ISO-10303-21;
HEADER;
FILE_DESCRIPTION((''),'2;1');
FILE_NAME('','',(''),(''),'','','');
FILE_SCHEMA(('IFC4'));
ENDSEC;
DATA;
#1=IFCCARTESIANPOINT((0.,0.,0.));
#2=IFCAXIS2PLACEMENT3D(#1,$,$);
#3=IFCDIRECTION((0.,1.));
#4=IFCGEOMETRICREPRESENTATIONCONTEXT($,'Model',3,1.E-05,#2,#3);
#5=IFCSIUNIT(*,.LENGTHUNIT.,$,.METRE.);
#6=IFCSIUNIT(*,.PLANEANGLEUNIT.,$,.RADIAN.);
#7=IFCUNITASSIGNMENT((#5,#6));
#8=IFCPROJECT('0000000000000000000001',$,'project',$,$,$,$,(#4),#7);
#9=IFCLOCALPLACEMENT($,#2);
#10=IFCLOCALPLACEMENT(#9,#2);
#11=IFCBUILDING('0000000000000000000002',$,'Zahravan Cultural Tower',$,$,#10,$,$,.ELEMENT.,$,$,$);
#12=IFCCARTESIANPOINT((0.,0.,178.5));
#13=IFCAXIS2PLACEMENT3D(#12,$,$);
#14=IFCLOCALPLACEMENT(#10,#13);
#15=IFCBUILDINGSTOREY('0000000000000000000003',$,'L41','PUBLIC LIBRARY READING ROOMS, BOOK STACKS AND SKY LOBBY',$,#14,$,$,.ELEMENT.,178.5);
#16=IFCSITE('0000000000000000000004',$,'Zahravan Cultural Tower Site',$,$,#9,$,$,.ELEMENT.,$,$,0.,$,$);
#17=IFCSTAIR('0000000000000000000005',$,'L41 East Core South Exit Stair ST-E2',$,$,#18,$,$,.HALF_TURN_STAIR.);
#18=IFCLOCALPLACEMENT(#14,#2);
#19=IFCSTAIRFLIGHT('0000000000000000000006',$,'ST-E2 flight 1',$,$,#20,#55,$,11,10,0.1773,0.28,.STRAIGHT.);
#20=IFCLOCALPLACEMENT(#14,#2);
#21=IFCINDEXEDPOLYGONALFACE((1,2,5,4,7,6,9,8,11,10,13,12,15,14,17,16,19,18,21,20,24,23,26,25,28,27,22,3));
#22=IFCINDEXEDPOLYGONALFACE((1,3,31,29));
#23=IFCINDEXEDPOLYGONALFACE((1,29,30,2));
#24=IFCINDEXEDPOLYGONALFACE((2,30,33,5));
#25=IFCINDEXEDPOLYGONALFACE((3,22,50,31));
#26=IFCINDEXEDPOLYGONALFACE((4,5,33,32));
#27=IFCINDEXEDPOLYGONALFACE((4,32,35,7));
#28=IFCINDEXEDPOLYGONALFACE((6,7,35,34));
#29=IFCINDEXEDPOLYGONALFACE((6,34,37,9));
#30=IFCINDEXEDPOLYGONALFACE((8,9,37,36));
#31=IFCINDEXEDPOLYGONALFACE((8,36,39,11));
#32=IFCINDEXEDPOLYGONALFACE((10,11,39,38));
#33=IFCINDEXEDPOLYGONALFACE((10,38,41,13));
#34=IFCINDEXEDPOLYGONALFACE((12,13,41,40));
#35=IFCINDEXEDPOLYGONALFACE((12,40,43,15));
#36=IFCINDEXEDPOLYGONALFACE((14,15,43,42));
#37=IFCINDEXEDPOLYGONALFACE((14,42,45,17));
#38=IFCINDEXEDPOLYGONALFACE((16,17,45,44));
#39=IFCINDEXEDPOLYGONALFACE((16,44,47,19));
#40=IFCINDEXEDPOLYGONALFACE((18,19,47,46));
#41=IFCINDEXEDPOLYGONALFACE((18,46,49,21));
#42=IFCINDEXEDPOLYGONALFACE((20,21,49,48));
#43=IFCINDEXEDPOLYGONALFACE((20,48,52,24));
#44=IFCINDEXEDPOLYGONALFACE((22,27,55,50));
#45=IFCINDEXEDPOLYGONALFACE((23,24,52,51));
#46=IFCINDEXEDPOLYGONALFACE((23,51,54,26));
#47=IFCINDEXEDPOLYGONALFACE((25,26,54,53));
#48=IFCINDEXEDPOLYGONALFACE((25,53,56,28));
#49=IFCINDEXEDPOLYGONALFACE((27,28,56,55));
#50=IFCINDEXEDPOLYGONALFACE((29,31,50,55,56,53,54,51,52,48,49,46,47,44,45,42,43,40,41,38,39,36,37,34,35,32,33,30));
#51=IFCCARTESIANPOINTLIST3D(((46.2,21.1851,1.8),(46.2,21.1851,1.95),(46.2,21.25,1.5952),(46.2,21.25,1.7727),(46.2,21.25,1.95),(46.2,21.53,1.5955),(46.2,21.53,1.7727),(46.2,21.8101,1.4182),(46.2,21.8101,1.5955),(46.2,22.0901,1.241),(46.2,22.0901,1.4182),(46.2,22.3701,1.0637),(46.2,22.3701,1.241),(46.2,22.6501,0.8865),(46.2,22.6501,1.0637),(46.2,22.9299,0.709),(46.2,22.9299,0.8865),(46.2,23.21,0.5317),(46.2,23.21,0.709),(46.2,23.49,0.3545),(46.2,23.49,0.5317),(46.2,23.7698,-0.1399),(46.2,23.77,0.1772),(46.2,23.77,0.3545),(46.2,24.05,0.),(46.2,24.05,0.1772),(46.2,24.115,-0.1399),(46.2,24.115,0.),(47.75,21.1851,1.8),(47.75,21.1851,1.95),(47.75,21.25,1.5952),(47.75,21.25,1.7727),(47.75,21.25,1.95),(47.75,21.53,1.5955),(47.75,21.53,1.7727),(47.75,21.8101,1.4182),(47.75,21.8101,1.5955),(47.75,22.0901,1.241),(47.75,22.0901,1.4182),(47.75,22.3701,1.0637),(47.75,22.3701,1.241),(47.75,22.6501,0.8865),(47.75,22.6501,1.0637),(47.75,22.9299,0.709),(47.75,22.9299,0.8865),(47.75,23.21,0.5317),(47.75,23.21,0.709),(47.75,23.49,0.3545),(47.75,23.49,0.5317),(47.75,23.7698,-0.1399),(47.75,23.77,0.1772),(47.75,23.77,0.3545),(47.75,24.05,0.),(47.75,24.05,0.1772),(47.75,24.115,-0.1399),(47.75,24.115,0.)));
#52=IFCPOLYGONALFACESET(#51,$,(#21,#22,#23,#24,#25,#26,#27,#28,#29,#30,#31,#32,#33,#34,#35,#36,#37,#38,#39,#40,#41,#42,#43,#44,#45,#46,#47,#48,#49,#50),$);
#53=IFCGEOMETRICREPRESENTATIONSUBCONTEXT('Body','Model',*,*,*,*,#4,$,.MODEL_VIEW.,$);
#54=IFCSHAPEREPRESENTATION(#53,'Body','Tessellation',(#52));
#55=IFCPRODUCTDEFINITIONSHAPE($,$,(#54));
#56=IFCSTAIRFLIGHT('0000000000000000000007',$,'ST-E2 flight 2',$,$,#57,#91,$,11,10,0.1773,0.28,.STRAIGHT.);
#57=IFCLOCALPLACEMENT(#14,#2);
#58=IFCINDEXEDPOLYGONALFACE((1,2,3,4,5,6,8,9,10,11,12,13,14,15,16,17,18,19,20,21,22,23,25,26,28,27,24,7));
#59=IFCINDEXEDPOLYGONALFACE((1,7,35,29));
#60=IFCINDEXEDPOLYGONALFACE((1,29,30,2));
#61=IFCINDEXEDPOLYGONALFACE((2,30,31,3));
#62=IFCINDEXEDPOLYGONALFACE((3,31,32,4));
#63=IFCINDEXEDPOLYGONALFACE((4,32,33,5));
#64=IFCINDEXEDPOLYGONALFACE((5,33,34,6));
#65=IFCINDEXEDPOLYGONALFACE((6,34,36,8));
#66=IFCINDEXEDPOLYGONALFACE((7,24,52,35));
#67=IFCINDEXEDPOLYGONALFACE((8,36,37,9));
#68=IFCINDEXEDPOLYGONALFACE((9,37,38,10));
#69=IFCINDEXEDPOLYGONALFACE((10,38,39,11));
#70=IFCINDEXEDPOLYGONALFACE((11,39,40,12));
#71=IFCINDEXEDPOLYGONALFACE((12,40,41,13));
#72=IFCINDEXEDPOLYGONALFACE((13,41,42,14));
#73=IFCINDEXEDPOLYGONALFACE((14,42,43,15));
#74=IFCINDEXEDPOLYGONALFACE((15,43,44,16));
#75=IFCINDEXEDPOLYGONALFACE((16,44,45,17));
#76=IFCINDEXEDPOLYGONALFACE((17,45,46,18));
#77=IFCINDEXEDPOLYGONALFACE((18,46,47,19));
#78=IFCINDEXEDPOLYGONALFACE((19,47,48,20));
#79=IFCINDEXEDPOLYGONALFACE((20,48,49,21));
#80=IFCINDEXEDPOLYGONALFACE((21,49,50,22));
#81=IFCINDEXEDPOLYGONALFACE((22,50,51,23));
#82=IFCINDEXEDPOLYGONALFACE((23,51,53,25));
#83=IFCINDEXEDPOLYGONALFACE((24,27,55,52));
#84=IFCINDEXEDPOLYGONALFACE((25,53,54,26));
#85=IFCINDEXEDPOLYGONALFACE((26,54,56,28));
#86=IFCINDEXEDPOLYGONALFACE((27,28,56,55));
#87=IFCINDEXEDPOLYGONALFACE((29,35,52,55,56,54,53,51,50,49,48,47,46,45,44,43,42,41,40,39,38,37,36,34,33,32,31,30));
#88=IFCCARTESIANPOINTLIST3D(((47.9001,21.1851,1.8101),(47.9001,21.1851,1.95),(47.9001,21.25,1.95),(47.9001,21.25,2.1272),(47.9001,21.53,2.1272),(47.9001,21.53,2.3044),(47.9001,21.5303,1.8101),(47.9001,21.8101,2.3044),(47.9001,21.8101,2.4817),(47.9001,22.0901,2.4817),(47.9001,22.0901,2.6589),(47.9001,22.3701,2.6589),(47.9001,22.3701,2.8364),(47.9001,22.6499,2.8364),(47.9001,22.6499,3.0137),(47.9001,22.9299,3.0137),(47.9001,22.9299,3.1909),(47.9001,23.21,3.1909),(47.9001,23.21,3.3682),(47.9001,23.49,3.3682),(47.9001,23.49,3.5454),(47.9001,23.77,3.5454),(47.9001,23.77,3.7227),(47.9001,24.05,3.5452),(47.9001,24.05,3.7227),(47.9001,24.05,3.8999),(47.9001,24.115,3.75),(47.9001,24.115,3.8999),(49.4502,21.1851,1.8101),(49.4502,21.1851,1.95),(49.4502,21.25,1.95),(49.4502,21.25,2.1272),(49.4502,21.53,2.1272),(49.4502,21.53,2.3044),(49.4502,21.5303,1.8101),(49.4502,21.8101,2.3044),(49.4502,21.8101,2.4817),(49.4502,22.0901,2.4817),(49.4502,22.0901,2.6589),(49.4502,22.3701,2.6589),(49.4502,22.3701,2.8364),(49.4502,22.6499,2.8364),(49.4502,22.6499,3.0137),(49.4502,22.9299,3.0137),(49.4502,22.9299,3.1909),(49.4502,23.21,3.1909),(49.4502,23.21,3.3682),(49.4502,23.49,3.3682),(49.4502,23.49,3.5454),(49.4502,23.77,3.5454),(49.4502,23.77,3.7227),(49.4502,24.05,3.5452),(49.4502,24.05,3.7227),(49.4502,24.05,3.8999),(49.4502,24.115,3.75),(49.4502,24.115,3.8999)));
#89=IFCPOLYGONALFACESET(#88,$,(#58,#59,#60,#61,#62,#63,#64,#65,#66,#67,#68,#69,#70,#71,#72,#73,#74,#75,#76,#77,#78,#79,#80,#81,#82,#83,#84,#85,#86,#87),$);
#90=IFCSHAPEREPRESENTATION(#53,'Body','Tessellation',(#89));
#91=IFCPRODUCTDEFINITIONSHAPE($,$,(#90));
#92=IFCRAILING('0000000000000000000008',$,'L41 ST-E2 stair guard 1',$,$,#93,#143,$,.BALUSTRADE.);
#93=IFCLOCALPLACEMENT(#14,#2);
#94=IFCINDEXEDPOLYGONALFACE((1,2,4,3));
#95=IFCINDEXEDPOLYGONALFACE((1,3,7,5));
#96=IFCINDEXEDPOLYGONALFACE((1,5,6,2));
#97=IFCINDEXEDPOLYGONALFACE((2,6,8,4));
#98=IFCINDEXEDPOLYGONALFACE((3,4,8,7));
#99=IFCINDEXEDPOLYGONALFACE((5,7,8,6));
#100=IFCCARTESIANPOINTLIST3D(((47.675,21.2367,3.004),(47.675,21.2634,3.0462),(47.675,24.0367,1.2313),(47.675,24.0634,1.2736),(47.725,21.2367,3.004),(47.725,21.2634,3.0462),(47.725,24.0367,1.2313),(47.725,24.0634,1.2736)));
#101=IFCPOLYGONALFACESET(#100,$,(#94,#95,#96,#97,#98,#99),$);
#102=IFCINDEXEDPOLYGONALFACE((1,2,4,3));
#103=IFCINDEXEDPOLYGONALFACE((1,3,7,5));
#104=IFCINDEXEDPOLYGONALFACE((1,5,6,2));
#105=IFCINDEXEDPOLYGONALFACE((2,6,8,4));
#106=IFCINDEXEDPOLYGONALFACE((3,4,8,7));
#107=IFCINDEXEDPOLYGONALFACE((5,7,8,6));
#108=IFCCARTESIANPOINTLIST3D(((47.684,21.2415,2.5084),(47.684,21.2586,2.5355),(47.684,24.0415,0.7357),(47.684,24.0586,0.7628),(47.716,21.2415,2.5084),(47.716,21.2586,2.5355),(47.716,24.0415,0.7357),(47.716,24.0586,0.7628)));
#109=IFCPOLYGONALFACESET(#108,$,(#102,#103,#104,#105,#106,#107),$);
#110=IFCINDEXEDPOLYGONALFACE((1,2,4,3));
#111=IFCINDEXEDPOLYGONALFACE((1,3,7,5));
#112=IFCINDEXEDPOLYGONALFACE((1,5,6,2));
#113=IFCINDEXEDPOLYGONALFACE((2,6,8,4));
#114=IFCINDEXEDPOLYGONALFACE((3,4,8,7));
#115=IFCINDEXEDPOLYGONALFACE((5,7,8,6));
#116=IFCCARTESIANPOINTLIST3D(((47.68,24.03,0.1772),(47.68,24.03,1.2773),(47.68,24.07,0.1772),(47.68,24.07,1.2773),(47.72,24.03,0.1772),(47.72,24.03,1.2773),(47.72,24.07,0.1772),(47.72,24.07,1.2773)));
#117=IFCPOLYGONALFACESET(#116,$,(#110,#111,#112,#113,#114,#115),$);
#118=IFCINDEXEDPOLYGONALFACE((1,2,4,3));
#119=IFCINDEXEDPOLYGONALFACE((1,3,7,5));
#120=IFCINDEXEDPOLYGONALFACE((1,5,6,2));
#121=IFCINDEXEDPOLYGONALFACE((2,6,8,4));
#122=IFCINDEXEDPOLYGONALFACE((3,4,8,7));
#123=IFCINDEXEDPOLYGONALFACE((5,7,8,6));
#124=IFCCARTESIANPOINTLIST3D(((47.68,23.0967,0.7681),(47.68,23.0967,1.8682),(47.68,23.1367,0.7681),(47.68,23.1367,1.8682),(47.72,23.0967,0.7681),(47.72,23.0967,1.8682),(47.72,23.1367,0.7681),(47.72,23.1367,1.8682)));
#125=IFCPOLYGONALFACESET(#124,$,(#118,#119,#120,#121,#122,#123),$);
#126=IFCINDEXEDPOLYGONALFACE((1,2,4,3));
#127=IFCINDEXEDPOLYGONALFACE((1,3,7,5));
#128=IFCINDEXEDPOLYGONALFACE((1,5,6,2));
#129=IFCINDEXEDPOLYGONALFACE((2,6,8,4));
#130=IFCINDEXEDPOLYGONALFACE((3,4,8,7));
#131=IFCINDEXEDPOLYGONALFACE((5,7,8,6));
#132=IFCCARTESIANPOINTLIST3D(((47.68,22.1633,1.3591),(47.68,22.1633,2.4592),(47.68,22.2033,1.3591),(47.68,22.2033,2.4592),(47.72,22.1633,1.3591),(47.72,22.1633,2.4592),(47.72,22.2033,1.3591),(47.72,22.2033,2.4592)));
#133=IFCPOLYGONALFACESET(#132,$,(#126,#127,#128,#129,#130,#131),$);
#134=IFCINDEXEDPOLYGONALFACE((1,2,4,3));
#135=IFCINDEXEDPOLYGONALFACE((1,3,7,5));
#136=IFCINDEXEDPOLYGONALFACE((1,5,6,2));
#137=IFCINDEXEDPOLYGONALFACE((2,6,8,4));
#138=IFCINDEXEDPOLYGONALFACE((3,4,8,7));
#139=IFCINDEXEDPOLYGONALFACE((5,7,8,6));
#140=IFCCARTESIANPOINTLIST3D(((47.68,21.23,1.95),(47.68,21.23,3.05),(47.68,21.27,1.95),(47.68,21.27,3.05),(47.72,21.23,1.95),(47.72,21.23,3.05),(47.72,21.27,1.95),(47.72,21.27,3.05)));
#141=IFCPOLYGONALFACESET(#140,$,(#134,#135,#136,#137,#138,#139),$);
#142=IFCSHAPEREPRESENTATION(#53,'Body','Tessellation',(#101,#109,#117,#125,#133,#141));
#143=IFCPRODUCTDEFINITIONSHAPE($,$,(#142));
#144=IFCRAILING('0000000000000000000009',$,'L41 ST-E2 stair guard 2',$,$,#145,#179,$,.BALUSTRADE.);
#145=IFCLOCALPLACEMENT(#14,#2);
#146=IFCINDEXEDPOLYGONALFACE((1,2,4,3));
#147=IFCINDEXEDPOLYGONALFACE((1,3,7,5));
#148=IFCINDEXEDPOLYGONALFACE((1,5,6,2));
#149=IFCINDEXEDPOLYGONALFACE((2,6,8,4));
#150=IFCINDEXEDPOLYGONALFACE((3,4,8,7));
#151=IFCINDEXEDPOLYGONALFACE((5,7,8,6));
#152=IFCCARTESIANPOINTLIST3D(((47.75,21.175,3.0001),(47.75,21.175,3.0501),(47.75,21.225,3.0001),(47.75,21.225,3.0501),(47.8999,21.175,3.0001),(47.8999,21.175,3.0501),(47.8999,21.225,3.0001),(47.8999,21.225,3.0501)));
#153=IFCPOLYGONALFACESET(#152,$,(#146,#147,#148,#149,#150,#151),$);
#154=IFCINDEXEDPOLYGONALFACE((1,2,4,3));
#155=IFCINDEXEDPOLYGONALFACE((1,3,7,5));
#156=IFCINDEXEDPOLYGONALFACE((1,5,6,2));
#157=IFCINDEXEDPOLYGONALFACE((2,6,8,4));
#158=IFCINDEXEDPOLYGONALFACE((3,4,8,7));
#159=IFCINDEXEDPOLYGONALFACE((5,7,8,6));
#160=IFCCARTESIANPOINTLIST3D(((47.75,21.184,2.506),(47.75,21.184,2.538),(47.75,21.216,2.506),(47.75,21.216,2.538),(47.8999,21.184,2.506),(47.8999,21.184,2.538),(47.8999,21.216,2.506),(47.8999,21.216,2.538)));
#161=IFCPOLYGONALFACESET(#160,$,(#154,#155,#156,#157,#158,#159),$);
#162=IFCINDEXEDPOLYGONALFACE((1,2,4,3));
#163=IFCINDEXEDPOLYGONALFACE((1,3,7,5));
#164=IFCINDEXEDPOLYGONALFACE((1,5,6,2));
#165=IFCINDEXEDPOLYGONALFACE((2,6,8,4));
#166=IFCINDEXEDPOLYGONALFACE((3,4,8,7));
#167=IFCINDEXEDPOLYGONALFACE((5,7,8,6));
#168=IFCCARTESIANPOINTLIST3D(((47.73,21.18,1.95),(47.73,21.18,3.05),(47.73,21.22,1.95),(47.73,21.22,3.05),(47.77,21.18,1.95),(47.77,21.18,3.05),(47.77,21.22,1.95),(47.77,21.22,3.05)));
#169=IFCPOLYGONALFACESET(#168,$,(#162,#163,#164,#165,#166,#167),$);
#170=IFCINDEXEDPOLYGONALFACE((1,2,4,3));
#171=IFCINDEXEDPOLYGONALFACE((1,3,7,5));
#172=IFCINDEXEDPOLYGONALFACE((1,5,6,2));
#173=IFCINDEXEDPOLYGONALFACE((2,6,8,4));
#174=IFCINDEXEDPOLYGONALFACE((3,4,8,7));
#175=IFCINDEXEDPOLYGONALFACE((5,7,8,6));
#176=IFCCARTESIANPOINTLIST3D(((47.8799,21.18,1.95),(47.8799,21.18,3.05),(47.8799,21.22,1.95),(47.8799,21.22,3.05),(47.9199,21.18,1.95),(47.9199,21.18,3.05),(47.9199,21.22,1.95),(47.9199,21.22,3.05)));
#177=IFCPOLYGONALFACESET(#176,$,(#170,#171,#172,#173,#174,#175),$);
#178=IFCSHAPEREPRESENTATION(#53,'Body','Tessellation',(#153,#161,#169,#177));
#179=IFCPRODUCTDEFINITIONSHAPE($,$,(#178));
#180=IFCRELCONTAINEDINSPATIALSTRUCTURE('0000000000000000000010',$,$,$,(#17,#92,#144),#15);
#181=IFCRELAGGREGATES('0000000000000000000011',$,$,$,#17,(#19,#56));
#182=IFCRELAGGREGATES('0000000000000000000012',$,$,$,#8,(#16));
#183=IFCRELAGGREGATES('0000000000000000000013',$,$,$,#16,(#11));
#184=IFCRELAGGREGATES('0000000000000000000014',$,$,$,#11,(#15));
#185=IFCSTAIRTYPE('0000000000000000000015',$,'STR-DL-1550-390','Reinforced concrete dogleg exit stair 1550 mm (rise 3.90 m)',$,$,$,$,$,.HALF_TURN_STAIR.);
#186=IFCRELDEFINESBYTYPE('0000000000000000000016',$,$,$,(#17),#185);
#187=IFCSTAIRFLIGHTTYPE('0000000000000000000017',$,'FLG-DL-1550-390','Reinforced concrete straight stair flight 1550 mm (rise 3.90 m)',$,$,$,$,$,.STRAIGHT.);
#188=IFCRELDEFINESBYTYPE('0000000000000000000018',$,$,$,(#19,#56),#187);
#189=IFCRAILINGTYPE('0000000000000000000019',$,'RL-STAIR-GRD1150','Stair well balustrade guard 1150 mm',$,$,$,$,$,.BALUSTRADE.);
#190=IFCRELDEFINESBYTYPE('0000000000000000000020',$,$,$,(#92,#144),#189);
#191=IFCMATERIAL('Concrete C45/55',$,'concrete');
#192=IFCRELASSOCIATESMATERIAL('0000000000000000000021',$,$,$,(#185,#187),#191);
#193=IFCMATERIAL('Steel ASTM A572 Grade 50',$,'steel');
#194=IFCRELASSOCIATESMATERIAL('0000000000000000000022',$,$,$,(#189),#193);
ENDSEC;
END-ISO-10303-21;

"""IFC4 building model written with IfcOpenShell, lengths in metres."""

from ifc_helpers import new_model, si_unit, direction, frame, origin, origin_2d, place, context, subcontext, project, spatial, polyline, rectangle, outline, extrude, material, type_object, element, aggregate, save


model = new_model("IFC4")

# Units and contexts
model_context = context("Model", 3, precision=1e-05, world=origin(), true_north=direction((0.0, 1.0)))
body_context = subcontext(model_context, "Body", "Model", "MODEL_VIEW")
ifc_project = project(units=[si_unit("LENGTHUNIT", "METRE"), si_unit("PLANEANGLEUNIT", "RADIAN")], contexts=[model_context])

# Site, building, storey
site_placement = place(None, origin())
site = spatial("IfcSite", under=ifc_project, at=site_placement, Name="Zahravan Cultural Tower Site", CompositionType="ELEMENT", RefElevation=0.0)
building_placement = place(site_placement, origin())
building = spatial("IfcBuilding", under=site, at=building_placement, Name="Zahravan Cultural Tower", CompositionType="ELEMENT")
storey_placement = place(building_placement, frame((0.0, 0.0, 178.5)))
storey = spatial("IfcBuildingStorey", under=building, at=storey_placement, Name="L41", Description="PUBLIC LIBRARY READING ROOMS, BOOK STACKS AND SKY LOBBY", CompositionType="ELEMENT", Elevation=178.5)

# Shared definitions
ifc_material_1 = material(Name="Concrete C45/55", Category="concrete")

# Stair, stair flights
stair_type = type_object("IfcStairType", Name="STR-DL-1550-390", Description="Reinforced concrete dogleg exit stair 1550 mm (rise 3.90 m)", PredefinedType="HALF_TURN_STAIR", material=ifc_material_1)
stair_placement = place(storey_placement, origin())
stair = element("IfcStair", 1, at=stair_placement, inside=storey, type_object=stair_type, Name="L41 East Core South Exit Stair ST-E2", PredefinedType="HALF_TURN_STAIR")
stair_flight_type = type_object("IfcStairFlightType", Name="FLG-DL-1550-390", Description="Reinforced concrete straight stair flight 1550 mm (rise 3.90 m)", PredefinedType="STRAIGHT", material=ifc_material_1)
stair_flight_1_placement = place(storey_placement, frame((46.9751, 24.05, 0.0), z_axis=(0.0, 0.0, 1.0), x_axis=(0.0, -1.0, 0.0)))
stair_flight_1 = element("IfcStairFlight", 2, at=stair_flight_1_placement, type_object=stair_flight_type, Name="ST-E2 flight 1", NumberOfRisers=11, NumberOfTreads=10, PredefinedType="STRAIGHT", RiserHeight=0.1773, TreadLength=0.28, context=body_context, shape_type="SweptSolid", body=[
    extrude(outline(polyline([(-0.0649, -0.1399), (-0.0649, 0.0), (0.0, 0.0), (0.0, 0.1772), (0.28, 0.1772), (0.28, 0.3545), (0.5601, 0.3545), (0.5601, 0.5317), (0.8401, 0.5317), (0.8401, 0.709), (1.1201, 0.709), (1.1201, 0.8865), (1.3999, 0.8865), (1.3999, 1.0637), (1.6799, 1.0637), (1.6799, 1.241), (1.96, 1.241), (1.96, 1.4182), (2.24, 1.4182), (2.24, 1.5955), (2.52, 1.5955), (2.52, 1.7727), (2.8, 1.7727), (2.8, 1.95), (2.865, 1.95), (2.865, 1.8), (2.8, 1.5952), (0.2803, -0.1399), (-0.0649, -0.1399)])), frame((0.0, 0.7749, 0.0), z_axis=(0.0, -1.0, 0.0), x_axis=(1.0, 0.0, 0.0)), (0.0, 0.0, 1.0), 1.55),
])
stair_flight_2_placement = place(storey_placement, frame((48.675, 21.25, 1.95), z_axis=(0.0, 0.0, 1.0), x_axis=(0.0, 1.0, 0.0)))
stair_flight_2 = element("IfcStairFlight", 3, at=stair_flight_2_placement, type_object=stair_flight_type, Name="ST-E2 flight 2", NumberOfRisers=11, NumberOfTreads=10, PredefinedType="STRAIGHT", RiserHeight=0.1773, TreadLength=0.28, context=body_context, shape_type="SweptSolid", body=[
    extrude(outline(polyline([(-0.0649, -0.1399), (-0.0649, 0.0), (0.0, 0.0), (0.0, 0.1772), (0.28, 0.1772), (0.28, 0.3545), (0.5601, 0.3545), (0.5601, 0.5317), (0.8401, 0.5317), (0.8401, 0.709), (1.1201, 0.709), (1.1201, 0.8865), (1.3999, 0.8865), (1.3999, 1.0637), (1.6799, 1.0637), (1.6799, 1.241), (1.96, 1.241), (1.96, 1.4182), (2.24, 1.4182), (2.24, 1.5955), (2.52, 1.5955), (2.52, 1.7727), (2.8, 1.7727), (2.8, 1.95), (2.865, 1.95), (2.865, 1.8), (2.8, 1.5952), (0.2803, -0.1399), (-0.0649, -0.1399)])), frame((0.0, 0.7749, 0.0), z_axis=(0.0, -1.0, 0.0), x_axis=(1.0, 0.0, 0.0)), (0.0, 0.0, 1.0), 1.55),
])
aggregate(stair, [stair_flight_1, stair_flight_2])

# Railings
ifc_material_2 = material(Name="Steel ASTM A572 Grade 50", Category="steel")
railing_type_1 = type_object("IfcRailingType", Name="RL-STAIR-GRD1150", Description="Stair well balustrade guard 1150 mm", PredefinedType="BALUSTRADE", material=ifc_material_2)
railing_1_placement = place(storey_placement, frame((47.7, 24.05, 0.1772)))
element("IfcRailing", 4, at=railing_1_placement, inside=storey, type_object=railing_type_1, Name="L41 ST-E2 stair guard 1", PredefinedType="BALUSTRADE", context=body_context, shape_type="SweptSolid", body=[
    extrude(rectangle(XDim=0.05, YDim=0.05, at=origin_2d()), frame((0.0, 0.0, 1.0752), z_axis=(0.0, -0.844909, 0.53491), x_axis=(1.0, 0.0, 0.0)), (0.0, 0.0, 1.0), 3.314),
    extrude(rectangle(XDim=0.032, YDim=0.032, at=origin_2d()), frame((0.0, 0.0, 0.572), z_axis=(0.0, -0.844909, 0.53491), x_axis=(1.0, 0.0, 0.0)), (0.0, 0.0, 1.0), 3.314),
    extrude(rectangle(XDim=0.04, YDim=0.04, at=origin_2d()), origin(), (0.0, 0.0, 1.0), 1.1001),
    extrude(rectangle(XDim=0.04, YDim=0.04, at=origin_2d()), frame((0.0, -0.9333, 0.5908)), (0.0, 0.0, 1.0), 1.1001),
    extrude(rectangle(XDim=0.04, YDim=0.04, at=origin_2d()), frame((0.0, -1.8667, 1.1819)), (0.0, 0.0, 1.0), 1.1001),
    extrude(rectangle(XDim=0.04, YDim=0.04, at=origin_2d()), frame((0.0, -2.8, 1.7727)), (0.0, 0.0, 1.0), 1.1001),
])
railing_2_placement = place(storey_placement, frame((47.75, 21.2, 1.95)))
element("IfcRailing", 5, at=railing_2_placement, inside=storey, type_object=railing_type_1, Name="L41 ST-E2 stair guard 2", PredefinedType="BALUSTRADE", context=body_context, shape_type="SweptSolid", body=[
    extrude(rectangle(XDim=0.05, YDim=0.05, at=origin_2d()), frame((0.0, 0.0, 1.0752), z_axis=(1.0, 0.0, 0.0), x_axis=(0.0, 1.0, 0.0)), (0.0, 0.0, 1.0), 0.1499),
    extrude(rectangle(XDim=0.032, YDim=0.032, at=origin_2d()), frame((0.0, 0.0, 0.572), z_axis=(1.0, 0.0, 0.0), x_axis=(0.0, 1.0, 0.0)), (0.0, 0.0, 1.0), 0.1499),
    extrude(rectangle(XDim=0.04, YDim=0.04, at=origin_2d()), origin(), (0.0, 0.0, 1.0), 1.1001),
    extrude(rectangle(XDim=0.04, YDim=0.04, at=origin_2d()), frame((0.1499, 0.0, 0.0)), (0.0, 0.0, 1.0), 1.1001),
])

save(model, "model.ifc")
